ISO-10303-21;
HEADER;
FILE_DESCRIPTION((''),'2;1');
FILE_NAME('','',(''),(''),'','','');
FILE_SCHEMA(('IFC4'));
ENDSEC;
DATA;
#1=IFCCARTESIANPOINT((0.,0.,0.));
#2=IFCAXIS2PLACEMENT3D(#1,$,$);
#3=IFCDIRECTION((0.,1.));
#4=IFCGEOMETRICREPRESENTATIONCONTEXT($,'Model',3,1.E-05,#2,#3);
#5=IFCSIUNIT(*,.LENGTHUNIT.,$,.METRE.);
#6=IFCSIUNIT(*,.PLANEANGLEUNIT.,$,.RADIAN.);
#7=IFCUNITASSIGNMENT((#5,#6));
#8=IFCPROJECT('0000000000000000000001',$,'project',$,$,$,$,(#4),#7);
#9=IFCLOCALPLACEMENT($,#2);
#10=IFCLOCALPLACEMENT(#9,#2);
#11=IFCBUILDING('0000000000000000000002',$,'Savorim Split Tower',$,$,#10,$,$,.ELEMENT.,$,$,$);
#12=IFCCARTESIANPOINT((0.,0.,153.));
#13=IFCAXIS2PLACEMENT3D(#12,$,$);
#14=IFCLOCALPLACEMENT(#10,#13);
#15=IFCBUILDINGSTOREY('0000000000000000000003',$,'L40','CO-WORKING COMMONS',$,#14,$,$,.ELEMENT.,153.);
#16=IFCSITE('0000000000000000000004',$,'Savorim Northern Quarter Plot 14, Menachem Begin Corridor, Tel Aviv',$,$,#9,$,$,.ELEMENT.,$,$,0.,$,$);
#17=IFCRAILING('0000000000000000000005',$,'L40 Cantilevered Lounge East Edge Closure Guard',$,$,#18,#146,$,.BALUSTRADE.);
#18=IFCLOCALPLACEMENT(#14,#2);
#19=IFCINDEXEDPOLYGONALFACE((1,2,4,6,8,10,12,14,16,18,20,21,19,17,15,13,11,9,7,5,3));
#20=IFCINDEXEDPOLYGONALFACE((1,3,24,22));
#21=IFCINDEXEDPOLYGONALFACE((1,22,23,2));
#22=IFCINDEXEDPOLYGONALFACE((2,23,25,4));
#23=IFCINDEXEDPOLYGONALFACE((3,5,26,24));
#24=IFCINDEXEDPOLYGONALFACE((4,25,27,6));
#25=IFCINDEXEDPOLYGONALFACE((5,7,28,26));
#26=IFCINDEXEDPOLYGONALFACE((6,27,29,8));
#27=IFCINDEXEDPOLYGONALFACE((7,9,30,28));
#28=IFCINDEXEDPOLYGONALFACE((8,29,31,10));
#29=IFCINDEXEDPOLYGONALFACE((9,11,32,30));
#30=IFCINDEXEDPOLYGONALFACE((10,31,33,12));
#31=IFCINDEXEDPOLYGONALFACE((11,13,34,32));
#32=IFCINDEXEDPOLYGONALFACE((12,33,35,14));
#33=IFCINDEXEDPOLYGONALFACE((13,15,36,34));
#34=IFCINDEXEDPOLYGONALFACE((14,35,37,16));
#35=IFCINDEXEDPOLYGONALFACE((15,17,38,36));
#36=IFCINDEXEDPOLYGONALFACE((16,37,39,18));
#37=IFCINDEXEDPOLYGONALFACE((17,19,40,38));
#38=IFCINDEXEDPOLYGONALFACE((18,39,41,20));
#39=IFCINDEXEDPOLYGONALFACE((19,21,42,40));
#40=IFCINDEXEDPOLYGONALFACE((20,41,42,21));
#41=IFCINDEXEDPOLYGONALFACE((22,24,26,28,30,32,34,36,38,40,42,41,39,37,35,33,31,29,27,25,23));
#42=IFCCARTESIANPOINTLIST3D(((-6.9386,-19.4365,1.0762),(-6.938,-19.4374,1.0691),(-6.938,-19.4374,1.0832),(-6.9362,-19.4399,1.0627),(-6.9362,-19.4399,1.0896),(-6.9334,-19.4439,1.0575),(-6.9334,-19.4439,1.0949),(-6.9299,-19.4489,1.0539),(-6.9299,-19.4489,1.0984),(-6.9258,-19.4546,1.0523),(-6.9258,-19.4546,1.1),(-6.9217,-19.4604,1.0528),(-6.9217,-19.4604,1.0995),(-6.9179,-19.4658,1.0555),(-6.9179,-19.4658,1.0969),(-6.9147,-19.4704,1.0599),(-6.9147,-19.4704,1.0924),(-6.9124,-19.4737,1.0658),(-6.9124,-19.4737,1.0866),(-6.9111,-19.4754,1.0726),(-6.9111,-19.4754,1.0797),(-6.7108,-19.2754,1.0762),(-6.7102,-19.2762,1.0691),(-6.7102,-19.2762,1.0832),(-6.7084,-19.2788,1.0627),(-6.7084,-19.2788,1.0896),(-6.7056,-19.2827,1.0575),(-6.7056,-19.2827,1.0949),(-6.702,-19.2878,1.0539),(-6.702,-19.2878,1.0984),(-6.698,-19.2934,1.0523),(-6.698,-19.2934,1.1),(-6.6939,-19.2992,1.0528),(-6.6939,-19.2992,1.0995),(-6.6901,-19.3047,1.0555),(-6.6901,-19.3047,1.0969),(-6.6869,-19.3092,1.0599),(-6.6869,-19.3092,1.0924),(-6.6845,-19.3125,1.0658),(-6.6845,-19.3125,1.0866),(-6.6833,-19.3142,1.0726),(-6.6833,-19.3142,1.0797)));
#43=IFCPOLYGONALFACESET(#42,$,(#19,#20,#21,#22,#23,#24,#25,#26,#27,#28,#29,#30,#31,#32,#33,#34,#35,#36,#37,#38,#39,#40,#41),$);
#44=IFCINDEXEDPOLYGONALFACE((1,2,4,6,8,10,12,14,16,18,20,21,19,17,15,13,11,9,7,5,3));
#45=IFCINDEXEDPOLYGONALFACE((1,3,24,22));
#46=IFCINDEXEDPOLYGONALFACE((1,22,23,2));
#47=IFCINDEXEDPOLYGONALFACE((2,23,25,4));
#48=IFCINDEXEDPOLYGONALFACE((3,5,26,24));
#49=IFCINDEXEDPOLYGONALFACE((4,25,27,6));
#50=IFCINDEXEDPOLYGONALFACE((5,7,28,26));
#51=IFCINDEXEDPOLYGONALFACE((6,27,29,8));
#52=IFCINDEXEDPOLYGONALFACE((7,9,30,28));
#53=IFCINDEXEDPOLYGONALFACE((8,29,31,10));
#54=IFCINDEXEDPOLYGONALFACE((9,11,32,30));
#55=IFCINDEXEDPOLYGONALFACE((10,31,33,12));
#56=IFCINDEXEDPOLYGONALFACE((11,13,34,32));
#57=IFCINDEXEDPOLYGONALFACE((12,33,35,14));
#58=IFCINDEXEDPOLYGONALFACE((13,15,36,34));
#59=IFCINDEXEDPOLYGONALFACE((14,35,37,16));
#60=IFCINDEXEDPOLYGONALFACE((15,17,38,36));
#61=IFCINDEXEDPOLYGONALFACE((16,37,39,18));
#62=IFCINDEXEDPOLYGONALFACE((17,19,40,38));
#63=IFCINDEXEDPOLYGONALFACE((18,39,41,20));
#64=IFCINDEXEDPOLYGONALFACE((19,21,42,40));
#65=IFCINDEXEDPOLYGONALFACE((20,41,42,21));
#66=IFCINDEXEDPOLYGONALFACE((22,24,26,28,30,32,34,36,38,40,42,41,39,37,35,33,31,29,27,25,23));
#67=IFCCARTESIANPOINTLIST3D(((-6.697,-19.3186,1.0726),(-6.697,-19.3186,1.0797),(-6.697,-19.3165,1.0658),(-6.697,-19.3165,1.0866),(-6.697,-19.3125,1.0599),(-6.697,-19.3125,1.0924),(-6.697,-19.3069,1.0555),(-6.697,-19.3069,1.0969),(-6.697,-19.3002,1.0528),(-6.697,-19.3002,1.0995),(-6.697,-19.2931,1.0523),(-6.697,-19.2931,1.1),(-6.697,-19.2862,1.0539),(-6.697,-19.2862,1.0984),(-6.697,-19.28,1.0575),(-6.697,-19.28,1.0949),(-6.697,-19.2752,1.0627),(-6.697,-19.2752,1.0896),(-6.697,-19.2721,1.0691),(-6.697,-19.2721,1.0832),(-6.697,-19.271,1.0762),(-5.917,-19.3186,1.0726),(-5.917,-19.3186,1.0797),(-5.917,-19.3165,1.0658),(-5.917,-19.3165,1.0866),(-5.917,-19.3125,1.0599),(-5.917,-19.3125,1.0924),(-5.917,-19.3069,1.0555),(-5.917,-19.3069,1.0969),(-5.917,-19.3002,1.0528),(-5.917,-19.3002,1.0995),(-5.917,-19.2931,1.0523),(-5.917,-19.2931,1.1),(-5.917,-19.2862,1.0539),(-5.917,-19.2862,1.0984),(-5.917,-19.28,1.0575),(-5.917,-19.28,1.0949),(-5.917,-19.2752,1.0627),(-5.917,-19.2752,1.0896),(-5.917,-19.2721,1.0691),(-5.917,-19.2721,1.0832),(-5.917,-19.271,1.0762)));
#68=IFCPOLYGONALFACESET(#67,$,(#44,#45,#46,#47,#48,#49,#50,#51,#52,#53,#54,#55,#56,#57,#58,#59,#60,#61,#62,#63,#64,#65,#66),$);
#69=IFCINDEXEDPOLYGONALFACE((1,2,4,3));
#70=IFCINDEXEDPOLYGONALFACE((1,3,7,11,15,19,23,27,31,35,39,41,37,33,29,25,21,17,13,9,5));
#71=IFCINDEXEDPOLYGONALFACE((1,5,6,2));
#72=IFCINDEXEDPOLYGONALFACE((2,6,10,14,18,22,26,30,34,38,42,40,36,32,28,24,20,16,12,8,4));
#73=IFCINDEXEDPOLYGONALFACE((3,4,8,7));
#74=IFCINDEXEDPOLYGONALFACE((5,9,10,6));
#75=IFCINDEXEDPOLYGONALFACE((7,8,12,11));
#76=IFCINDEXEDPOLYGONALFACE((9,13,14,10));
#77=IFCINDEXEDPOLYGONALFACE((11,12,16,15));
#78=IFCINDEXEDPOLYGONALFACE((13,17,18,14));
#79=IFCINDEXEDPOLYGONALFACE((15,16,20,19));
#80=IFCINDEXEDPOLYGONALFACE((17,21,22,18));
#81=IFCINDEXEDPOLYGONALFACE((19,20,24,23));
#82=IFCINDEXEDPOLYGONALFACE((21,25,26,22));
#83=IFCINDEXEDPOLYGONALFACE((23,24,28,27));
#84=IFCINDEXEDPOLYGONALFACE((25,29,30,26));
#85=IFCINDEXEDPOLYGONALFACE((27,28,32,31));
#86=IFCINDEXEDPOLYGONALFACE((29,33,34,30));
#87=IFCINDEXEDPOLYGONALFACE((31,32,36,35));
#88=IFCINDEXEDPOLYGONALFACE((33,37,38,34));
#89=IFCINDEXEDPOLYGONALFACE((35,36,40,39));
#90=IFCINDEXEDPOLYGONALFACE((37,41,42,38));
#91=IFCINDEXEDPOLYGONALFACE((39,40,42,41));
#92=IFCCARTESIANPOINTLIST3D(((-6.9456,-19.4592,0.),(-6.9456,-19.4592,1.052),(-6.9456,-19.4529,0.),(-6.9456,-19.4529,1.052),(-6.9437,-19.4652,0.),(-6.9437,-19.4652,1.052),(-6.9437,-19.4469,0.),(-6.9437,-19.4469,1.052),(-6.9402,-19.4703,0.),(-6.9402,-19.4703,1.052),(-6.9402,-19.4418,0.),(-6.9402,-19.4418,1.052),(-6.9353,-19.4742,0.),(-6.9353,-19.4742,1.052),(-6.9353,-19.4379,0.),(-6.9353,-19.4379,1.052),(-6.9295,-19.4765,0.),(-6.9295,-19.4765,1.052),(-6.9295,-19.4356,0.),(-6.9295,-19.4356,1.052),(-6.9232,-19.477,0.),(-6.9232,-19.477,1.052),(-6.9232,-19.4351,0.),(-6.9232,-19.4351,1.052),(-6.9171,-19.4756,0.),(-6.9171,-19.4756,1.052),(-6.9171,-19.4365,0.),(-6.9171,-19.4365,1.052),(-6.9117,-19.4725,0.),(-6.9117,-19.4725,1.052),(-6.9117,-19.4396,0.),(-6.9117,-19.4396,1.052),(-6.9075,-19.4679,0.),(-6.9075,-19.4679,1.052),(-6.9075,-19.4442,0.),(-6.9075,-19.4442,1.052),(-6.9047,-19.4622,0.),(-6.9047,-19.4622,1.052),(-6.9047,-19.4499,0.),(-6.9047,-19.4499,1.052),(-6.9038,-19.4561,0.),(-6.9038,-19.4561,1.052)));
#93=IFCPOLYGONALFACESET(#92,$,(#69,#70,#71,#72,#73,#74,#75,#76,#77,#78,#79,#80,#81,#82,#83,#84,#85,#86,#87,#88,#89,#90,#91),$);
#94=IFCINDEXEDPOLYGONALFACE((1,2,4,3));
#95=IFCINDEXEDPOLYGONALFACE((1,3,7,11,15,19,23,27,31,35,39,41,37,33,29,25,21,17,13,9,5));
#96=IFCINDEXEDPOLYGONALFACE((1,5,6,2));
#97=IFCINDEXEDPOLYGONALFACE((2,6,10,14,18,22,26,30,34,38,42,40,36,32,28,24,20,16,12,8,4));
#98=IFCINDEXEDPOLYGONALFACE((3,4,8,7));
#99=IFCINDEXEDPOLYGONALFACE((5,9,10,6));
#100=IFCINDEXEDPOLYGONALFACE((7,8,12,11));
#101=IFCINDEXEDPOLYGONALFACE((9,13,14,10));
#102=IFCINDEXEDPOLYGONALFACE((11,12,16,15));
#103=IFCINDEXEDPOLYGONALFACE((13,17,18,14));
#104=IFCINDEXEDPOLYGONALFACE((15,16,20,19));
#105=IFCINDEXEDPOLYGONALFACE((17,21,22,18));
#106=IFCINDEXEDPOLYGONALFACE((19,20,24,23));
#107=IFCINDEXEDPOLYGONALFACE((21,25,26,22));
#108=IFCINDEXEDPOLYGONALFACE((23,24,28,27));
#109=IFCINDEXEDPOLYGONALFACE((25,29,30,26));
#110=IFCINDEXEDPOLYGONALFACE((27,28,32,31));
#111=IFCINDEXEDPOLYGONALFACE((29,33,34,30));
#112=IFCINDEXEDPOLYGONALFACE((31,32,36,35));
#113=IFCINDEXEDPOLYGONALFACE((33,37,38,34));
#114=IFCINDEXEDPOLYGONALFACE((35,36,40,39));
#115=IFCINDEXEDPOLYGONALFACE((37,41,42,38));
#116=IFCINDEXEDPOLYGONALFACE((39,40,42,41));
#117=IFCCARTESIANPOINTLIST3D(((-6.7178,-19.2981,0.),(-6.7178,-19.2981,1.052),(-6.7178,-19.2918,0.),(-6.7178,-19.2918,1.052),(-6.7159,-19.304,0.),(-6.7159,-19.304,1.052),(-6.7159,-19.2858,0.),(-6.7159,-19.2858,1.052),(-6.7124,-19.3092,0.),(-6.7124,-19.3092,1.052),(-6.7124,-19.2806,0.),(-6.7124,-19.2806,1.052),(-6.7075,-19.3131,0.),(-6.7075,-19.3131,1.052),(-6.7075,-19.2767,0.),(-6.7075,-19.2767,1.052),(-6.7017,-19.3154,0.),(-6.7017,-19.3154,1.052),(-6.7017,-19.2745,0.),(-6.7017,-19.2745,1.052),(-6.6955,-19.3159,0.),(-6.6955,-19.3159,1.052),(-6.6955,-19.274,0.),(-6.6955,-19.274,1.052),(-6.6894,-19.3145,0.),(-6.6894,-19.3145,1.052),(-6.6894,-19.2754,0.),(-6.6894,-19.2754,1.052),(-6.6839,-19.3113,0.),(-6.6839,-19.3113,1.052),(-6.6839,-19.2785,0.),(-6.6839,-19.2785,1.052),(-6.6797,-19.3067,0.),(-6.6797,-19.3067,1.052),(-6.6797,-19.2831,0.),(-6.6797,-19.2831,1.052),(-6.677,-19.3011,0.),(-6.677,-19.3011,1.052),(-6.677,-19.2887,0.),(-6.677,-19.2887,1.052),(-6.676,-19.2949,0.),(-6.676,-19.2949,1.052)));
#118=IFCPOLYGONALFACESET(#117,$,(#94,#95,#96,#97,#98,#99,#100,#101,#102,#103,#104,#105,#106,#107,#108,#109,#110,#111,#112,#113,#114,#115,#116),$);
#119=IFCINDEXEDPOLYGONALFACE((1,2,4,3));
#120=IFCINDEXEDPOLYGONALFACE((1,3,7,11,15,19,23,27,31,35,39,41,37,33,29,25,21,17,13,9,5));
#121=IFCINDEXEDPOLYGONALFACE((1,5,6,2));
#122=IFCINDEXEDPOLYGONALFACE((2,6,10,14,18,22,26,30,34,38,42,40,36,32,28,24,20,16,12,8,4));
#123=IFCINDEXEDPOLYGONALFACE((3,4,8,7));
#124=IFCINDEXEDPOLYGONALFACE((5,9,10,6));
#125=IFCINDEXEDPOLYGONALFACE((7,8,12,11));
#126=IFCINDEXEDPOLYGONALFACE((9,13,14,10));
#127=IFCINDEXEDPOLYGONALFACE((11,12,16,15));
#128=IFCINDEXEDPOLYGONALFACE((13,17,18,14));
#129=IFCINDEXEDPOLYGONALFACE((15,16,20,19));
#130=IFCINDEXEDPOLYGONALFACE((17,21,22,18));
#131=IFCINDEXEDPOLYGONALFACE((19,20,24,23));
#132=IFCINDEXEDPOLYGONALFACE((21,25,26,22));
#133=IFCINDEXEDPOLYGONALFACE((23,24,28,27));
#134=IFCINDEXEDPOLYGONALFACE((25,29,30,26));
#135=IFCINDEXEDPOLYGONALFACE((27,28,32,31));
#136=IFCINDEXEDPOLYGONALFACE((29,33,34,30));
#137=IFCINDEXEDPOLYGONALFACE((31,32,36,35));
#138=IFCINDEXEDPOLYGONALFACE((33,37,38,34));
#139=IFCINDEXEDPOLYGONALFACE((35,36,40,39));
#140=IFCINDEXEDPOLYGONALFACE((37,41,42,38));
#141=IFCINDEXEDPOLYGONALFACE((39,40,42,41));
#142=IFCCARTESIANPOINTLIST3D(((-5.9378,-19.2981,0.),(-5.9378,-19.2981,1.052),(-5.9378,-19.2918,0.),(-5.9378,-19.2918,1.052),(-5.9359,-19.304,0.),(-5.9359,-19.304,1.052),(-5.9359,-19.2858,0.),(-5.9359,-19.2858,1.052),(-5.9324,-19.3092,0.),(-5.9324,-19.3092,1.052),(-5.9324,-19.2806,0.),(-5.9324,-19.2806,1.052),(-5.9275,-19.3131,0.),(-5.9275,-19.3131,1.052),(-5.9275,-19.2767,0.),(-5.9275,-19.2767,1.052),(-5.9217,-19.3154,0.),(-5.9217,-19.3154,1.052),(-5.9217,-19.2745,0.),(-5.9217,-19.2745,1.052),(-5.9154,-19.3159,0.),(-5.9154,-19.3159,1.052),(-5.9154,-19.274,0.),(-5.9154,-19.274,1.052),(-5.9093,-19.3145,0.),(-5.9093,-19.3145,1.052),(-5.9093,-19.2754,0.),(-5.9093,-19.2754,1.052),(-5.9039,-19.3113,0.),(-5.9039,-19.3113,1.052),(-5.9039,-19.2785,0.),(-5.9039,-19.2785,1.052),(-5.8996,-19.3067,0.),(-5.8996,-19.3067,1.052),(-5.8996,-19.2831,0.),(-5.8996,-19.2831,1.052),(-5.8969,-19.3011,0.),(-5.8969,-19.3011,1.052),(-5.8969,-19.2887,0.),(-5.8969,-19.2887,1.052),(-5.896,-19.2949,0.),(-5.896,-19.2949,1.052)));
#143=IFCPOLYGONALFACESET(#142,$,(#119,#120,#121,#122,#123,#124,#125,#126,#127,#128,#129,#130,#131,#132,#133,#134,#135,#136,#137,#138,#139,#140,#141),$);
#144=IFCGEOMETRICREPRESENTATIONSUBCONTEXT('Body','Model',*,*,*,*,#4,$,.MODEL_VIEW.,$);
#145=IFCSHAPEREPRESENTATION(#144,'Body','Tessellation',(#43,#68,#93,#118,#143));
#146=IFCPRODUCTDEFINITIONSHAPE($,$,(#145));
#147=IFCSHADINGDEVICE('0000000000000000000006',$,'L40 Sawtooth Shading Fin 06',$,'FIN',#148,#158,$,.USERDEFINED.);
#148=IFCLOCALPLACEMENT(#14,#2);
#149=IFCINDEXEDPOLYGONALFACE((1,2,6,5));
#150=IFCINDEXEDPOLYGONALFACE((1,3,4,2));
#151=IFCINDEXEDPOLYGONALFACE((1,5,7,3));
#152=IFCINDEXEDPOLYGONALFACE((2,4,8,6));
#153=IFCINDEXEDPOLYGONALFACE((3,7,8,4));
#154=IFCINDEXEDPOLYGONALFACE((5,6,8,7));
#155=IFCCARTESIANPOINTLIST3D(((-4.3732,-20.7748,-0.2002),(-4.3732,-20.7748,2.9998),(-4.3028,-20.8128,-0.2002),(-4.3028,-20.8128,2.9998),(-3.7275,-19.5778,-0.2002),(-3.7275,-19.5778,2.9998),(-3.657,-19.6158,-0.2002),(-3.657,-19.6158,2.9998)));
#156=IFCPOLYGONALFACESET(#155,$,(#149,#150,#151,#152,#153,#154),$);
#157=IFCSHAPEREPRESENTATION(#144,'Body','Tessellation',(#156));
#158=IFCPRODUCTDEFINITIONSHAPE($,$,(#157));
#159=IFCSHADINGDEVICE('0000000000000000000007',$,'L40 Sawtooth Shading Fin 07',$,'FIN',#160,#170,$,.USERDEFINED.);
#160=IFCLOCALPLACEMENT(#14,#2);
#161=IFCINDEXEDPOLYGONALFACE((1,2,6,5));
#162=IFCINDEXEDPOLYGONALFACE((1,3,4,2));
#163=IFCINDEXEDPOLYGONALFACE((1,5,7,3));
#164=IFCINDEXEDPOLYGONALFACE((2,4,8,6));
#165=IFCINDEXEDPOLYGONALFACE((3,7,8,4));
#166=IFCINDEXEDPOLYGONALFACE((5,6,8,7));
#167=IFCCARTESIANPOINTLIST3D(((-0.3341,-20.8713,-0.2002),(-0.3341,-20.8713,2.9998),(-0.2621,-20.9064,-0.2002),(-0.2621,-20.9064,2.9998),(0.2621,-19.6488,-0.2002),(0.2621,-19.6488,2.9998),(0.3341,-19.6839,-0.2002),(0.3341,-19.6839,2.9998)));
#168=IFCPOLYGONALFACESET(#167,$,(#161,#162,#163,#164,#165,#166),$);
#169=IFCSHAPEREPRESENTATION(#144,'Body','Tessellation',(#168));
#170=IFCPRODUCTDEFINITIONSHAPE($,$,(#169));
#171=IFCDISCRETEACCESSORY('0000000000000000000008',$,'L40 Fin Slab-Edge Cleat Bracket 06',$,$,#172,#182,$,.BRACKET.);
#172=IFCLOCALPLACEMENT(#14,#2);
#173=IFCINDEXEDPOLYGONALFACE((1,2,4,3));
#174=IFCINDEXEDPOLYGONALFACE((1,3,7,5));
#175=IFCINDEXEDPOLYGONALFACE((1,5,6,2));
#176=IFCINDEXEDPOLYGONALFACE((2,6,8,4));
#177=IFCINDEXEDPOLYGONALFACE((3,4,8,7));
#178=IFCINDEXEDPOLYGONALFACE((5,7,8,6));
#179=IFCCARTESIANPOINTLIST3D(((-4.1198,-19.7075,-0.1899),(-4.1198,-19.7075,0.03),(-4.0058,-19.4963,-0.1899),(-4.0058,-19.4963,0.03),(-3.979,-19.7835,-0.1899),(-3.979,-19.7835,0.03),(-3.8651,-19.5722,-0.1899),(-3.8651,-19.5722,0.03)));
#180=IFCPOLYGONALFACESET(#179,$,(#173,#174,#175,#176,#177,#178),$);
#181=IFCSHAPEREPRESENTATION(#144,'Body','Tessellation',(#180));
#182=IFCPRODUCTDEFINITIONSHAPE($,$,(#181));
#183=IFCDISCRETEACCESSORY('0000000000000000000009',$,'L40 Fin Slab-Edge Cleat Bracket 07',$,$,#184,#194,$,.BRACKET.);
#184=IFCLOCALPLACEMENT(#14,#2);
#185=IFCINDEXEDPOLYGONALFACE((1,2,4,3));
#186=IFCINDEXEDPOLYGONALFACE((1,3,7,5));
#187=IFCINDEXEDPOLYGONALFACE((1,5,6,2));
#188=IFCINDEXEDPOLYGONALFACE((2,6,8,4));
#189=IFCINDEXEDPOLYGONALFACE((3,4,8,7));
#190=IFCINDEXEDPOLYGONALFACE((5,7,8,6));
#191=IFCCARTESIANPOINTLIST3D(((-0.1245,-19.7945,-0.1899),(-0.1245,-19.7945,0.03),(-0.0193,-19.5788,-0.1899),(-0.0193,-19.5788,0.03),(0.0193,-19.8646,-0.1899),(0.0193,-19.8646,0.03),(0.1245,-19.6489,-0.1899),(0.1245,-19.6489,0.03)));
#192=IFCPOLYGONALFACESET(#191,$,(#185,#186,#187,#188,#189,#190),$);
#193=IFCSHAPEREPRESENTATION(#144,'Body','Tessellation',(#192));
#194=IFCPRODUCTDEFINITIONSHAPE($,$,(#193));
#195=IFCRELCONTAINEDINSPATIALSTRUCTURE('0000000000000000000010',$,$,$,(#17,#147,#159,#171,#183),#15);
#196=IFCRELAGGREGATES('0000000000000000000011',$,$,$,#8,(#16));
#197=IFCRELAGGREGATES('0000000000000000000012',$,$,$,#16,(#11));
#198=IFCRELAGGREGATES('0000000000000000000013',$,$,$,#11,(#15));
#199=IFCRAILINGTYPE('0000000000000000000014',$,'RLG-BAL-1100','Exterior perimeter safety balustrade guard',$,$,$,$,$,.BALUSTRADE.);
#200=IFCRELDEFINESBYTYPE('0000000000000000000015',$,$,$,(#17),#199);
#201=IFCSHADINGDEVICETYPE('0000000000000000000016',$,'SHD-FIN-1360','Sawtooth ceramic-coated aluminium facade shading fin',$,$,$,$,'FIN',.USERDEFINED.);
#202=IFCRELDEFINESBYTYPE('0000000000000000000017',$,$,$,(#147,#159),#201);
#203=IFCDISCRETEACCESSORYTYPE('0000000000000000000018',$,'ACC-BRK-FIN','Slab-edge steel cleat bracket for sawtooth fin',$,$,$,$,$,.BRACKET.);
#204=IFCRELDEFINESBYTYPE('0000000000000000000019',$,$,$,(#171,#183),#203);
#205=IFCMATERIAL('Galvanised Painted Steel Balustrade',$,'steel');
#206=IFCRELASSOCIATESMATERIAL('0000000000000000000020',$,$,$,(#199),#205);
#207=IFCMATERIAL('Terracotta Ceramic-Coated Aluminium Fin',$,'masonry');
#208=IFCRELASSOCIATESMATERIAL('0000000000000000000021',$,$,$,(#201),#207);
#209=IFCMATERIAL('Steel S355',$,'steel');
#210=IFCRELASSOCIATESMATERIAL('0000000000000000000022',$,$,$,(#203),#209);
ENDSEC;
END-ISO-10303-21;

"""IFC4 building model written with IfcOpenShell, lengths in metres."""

from ifc_helpers import new_model, si_unit, direction, frame, origin, origin_2d, place, context, subcontext, project, spatial, rectangle, circle, extrude, material, type_object, element, save


model = new_model("IFC4")

# Units and contexts
model_context = context("Model", 3, precision=1e-05, world=origin(), true_north=direction((0.0, 1.0)))
body_context = subcontext(model_context, "Body", "Model", "MODEL_VIEW")
ifc_project = project(units=[si_unit("LENGTHUNIT", "METRE"), si_unit("PLANEANGLEUNIT", "RADIAN")], contexts=[model_context])

# Site, building, storey
site_placement = place(None, origin())
site = spatial("IfcSite", under=ifc_project, at=site_placement, Name="Savorim Northern Quarter Plot 14, Menachem Begin Corridor, Tel Aviv", CompositionType="ELEMENT", RefElevation=0.0)
building_placement = place(site_placement, origin())
building = spatial("IfcBuilding", under=site, at=building_placement, Name="Savorim Split Tower", CompositionType="ELEMENT")
storey_placement = place(building_placement, frame((0.0, 0.0, 153.0)))
storey = spatial("IfcBuildingStorey", under=building, at=storey_placement, Name="L40", Description="CO-WORKING COMMONS", CompositionType="ELEMENT", Elevation=153.0)

# Shared definitions
ifc_material_1 = material(Name="Steel S355", Category="steel")

# Railing
ifc_material_2 = material(Name="Galvanised Painted Steel Balustrade", Category="steel")
railing_type = type_object("IfcRailingType", Name="RLG-BAL-1100", Description="Exterior perimeter safety balustrade guard", PredefinedType="BALUSTRADE", material=ifc_material_2)
railing_placement = place(storey_placement, frame((-6.9248, -19.4561, 0.0)))
element("IfcRailing", 1, at=railing_placement, inside=storey, type_object=railing_type, Name="L40 Cantilevered Lounge East Edge Closure Guard", PredefinedType="BALUSTRADE", context=body_context, shape_type="SweptSolid", body=[
    extrude(circle(Radius=0.0239, at=origin_2d()), frame((0.0, 0.0, 1.0762), z_axis=(0.816385, 0.577507, 0.0), x_axis=(-0.577507, 0.816385, 0.0)), (0.0, 0.0, 1.0), 0.2791),
    extrude(circle(Radius=0.0239, at=origin_2d()), frame((0.2278, 0.1611, 1.0762), z_axis=(1.0, 0.0, 0.0), x_axis=(0.0, 1.0, 0.0)), (0.0, 0.0, 1.0), 0.78),
    extrude(circle(Radius=0.021, at=origin_2d()), origin(), (0.0, 0.0, 1.0), 1.052),
    extrude(circle(Radius=0.021, at=origin_2d()), frame((0.2278, 0.1611, 0.0)), (0.0, 0.0, 1.0), 1.052),
    extrude(circle(Radius=0.021, at=origin_2d()), frame((1.0078, 0.1611, 0.0)), (0.0, 0.0, 1.0), 1.052),
])

# Shading devices
ifc_material_3 = material(Name="Terracotta Ceramic-Coated Aluminium Fin", Category="masonry")
shading_device_type = type_object("IfcShadingDeviceType", Name="SHD-FIN-1360", Description="Sawtooth ceramic-coated aluminium facade shading fin", ElementType="FIN", PredefinedType="USERDEFINED", material=ifc_material_3)
for number, where, z_axis, x_axis, name in (
    (2, (-4.0151, -20.1953, -0.2002), (0.0, 0.0, 1.0), (-0.474778, -0.880106, 0.0), "L40 Sawtooth Shading Fin 06"),
    (3, (0.0, -20.2776, -0.2002), (0.0, 0.0, 1.0), (-0.438371, -0.898794, 0.0), "L40 Sawtooth Shading Fin 07"),
):
    element("IfcShadingDevice", number, at=place(storey_placement, frame(where, z_axis=z_axis, x_axis=x_axis)), inside=storey, type_object=shading_device_type, Name=name, ObjectType="FIN", PredefinedType="USERDEFINED", context=body_context, shape_type="SweptSolid", body=[
        extrude(rectangle(XDim=1.3601, YDim=0.0801, at=origin_2d()), origin(), (0.0, 0.0, 1.0), 3.2),
    ])

# Discrete accessories
discrete_accessory_type = type_object("IfcDiscreteAccessoryType", Name="ACC-BRK-FIN", Description="Slab-edge steel cleat bracket for sawtooth fin", PredefinedType="BRACKET", material=ifc_material_1)
for number, where, z_axis, x_axis, name in (
    (4, (-3.9924, -19.6399, -0.1899), (0.0, 0.0, 1.0), (-0.474778, -0.880106, 0.0), "L40 Fin Slab-Edge Cleat Bracket 06"),
    (5, (0.0, -19.7217, -0.1899), (0.0, 0.0, 1.0), (-0.438371, -0.898794, 0.0), "L40 Fin Slab-Edge Cleat Bracket 07"),
):
    element("IfcDiscreteAccessory", number, at=place(storey_placement, frame(where, z_axis=z_axis, x_axis=x_axis)), inside=storey, type_object=discrete_accessory_type, Name=name, PredefinedType="BRACKET", context=body_context, shape_type="SweptSolid", body=[
        extrude(rectangle(XDim=0.24, YDim=0.1599, at=origin_2d()), origin(), (0.0, 0.0, 1.0), 0.22),
    ])

save(model, "model.ifc")
